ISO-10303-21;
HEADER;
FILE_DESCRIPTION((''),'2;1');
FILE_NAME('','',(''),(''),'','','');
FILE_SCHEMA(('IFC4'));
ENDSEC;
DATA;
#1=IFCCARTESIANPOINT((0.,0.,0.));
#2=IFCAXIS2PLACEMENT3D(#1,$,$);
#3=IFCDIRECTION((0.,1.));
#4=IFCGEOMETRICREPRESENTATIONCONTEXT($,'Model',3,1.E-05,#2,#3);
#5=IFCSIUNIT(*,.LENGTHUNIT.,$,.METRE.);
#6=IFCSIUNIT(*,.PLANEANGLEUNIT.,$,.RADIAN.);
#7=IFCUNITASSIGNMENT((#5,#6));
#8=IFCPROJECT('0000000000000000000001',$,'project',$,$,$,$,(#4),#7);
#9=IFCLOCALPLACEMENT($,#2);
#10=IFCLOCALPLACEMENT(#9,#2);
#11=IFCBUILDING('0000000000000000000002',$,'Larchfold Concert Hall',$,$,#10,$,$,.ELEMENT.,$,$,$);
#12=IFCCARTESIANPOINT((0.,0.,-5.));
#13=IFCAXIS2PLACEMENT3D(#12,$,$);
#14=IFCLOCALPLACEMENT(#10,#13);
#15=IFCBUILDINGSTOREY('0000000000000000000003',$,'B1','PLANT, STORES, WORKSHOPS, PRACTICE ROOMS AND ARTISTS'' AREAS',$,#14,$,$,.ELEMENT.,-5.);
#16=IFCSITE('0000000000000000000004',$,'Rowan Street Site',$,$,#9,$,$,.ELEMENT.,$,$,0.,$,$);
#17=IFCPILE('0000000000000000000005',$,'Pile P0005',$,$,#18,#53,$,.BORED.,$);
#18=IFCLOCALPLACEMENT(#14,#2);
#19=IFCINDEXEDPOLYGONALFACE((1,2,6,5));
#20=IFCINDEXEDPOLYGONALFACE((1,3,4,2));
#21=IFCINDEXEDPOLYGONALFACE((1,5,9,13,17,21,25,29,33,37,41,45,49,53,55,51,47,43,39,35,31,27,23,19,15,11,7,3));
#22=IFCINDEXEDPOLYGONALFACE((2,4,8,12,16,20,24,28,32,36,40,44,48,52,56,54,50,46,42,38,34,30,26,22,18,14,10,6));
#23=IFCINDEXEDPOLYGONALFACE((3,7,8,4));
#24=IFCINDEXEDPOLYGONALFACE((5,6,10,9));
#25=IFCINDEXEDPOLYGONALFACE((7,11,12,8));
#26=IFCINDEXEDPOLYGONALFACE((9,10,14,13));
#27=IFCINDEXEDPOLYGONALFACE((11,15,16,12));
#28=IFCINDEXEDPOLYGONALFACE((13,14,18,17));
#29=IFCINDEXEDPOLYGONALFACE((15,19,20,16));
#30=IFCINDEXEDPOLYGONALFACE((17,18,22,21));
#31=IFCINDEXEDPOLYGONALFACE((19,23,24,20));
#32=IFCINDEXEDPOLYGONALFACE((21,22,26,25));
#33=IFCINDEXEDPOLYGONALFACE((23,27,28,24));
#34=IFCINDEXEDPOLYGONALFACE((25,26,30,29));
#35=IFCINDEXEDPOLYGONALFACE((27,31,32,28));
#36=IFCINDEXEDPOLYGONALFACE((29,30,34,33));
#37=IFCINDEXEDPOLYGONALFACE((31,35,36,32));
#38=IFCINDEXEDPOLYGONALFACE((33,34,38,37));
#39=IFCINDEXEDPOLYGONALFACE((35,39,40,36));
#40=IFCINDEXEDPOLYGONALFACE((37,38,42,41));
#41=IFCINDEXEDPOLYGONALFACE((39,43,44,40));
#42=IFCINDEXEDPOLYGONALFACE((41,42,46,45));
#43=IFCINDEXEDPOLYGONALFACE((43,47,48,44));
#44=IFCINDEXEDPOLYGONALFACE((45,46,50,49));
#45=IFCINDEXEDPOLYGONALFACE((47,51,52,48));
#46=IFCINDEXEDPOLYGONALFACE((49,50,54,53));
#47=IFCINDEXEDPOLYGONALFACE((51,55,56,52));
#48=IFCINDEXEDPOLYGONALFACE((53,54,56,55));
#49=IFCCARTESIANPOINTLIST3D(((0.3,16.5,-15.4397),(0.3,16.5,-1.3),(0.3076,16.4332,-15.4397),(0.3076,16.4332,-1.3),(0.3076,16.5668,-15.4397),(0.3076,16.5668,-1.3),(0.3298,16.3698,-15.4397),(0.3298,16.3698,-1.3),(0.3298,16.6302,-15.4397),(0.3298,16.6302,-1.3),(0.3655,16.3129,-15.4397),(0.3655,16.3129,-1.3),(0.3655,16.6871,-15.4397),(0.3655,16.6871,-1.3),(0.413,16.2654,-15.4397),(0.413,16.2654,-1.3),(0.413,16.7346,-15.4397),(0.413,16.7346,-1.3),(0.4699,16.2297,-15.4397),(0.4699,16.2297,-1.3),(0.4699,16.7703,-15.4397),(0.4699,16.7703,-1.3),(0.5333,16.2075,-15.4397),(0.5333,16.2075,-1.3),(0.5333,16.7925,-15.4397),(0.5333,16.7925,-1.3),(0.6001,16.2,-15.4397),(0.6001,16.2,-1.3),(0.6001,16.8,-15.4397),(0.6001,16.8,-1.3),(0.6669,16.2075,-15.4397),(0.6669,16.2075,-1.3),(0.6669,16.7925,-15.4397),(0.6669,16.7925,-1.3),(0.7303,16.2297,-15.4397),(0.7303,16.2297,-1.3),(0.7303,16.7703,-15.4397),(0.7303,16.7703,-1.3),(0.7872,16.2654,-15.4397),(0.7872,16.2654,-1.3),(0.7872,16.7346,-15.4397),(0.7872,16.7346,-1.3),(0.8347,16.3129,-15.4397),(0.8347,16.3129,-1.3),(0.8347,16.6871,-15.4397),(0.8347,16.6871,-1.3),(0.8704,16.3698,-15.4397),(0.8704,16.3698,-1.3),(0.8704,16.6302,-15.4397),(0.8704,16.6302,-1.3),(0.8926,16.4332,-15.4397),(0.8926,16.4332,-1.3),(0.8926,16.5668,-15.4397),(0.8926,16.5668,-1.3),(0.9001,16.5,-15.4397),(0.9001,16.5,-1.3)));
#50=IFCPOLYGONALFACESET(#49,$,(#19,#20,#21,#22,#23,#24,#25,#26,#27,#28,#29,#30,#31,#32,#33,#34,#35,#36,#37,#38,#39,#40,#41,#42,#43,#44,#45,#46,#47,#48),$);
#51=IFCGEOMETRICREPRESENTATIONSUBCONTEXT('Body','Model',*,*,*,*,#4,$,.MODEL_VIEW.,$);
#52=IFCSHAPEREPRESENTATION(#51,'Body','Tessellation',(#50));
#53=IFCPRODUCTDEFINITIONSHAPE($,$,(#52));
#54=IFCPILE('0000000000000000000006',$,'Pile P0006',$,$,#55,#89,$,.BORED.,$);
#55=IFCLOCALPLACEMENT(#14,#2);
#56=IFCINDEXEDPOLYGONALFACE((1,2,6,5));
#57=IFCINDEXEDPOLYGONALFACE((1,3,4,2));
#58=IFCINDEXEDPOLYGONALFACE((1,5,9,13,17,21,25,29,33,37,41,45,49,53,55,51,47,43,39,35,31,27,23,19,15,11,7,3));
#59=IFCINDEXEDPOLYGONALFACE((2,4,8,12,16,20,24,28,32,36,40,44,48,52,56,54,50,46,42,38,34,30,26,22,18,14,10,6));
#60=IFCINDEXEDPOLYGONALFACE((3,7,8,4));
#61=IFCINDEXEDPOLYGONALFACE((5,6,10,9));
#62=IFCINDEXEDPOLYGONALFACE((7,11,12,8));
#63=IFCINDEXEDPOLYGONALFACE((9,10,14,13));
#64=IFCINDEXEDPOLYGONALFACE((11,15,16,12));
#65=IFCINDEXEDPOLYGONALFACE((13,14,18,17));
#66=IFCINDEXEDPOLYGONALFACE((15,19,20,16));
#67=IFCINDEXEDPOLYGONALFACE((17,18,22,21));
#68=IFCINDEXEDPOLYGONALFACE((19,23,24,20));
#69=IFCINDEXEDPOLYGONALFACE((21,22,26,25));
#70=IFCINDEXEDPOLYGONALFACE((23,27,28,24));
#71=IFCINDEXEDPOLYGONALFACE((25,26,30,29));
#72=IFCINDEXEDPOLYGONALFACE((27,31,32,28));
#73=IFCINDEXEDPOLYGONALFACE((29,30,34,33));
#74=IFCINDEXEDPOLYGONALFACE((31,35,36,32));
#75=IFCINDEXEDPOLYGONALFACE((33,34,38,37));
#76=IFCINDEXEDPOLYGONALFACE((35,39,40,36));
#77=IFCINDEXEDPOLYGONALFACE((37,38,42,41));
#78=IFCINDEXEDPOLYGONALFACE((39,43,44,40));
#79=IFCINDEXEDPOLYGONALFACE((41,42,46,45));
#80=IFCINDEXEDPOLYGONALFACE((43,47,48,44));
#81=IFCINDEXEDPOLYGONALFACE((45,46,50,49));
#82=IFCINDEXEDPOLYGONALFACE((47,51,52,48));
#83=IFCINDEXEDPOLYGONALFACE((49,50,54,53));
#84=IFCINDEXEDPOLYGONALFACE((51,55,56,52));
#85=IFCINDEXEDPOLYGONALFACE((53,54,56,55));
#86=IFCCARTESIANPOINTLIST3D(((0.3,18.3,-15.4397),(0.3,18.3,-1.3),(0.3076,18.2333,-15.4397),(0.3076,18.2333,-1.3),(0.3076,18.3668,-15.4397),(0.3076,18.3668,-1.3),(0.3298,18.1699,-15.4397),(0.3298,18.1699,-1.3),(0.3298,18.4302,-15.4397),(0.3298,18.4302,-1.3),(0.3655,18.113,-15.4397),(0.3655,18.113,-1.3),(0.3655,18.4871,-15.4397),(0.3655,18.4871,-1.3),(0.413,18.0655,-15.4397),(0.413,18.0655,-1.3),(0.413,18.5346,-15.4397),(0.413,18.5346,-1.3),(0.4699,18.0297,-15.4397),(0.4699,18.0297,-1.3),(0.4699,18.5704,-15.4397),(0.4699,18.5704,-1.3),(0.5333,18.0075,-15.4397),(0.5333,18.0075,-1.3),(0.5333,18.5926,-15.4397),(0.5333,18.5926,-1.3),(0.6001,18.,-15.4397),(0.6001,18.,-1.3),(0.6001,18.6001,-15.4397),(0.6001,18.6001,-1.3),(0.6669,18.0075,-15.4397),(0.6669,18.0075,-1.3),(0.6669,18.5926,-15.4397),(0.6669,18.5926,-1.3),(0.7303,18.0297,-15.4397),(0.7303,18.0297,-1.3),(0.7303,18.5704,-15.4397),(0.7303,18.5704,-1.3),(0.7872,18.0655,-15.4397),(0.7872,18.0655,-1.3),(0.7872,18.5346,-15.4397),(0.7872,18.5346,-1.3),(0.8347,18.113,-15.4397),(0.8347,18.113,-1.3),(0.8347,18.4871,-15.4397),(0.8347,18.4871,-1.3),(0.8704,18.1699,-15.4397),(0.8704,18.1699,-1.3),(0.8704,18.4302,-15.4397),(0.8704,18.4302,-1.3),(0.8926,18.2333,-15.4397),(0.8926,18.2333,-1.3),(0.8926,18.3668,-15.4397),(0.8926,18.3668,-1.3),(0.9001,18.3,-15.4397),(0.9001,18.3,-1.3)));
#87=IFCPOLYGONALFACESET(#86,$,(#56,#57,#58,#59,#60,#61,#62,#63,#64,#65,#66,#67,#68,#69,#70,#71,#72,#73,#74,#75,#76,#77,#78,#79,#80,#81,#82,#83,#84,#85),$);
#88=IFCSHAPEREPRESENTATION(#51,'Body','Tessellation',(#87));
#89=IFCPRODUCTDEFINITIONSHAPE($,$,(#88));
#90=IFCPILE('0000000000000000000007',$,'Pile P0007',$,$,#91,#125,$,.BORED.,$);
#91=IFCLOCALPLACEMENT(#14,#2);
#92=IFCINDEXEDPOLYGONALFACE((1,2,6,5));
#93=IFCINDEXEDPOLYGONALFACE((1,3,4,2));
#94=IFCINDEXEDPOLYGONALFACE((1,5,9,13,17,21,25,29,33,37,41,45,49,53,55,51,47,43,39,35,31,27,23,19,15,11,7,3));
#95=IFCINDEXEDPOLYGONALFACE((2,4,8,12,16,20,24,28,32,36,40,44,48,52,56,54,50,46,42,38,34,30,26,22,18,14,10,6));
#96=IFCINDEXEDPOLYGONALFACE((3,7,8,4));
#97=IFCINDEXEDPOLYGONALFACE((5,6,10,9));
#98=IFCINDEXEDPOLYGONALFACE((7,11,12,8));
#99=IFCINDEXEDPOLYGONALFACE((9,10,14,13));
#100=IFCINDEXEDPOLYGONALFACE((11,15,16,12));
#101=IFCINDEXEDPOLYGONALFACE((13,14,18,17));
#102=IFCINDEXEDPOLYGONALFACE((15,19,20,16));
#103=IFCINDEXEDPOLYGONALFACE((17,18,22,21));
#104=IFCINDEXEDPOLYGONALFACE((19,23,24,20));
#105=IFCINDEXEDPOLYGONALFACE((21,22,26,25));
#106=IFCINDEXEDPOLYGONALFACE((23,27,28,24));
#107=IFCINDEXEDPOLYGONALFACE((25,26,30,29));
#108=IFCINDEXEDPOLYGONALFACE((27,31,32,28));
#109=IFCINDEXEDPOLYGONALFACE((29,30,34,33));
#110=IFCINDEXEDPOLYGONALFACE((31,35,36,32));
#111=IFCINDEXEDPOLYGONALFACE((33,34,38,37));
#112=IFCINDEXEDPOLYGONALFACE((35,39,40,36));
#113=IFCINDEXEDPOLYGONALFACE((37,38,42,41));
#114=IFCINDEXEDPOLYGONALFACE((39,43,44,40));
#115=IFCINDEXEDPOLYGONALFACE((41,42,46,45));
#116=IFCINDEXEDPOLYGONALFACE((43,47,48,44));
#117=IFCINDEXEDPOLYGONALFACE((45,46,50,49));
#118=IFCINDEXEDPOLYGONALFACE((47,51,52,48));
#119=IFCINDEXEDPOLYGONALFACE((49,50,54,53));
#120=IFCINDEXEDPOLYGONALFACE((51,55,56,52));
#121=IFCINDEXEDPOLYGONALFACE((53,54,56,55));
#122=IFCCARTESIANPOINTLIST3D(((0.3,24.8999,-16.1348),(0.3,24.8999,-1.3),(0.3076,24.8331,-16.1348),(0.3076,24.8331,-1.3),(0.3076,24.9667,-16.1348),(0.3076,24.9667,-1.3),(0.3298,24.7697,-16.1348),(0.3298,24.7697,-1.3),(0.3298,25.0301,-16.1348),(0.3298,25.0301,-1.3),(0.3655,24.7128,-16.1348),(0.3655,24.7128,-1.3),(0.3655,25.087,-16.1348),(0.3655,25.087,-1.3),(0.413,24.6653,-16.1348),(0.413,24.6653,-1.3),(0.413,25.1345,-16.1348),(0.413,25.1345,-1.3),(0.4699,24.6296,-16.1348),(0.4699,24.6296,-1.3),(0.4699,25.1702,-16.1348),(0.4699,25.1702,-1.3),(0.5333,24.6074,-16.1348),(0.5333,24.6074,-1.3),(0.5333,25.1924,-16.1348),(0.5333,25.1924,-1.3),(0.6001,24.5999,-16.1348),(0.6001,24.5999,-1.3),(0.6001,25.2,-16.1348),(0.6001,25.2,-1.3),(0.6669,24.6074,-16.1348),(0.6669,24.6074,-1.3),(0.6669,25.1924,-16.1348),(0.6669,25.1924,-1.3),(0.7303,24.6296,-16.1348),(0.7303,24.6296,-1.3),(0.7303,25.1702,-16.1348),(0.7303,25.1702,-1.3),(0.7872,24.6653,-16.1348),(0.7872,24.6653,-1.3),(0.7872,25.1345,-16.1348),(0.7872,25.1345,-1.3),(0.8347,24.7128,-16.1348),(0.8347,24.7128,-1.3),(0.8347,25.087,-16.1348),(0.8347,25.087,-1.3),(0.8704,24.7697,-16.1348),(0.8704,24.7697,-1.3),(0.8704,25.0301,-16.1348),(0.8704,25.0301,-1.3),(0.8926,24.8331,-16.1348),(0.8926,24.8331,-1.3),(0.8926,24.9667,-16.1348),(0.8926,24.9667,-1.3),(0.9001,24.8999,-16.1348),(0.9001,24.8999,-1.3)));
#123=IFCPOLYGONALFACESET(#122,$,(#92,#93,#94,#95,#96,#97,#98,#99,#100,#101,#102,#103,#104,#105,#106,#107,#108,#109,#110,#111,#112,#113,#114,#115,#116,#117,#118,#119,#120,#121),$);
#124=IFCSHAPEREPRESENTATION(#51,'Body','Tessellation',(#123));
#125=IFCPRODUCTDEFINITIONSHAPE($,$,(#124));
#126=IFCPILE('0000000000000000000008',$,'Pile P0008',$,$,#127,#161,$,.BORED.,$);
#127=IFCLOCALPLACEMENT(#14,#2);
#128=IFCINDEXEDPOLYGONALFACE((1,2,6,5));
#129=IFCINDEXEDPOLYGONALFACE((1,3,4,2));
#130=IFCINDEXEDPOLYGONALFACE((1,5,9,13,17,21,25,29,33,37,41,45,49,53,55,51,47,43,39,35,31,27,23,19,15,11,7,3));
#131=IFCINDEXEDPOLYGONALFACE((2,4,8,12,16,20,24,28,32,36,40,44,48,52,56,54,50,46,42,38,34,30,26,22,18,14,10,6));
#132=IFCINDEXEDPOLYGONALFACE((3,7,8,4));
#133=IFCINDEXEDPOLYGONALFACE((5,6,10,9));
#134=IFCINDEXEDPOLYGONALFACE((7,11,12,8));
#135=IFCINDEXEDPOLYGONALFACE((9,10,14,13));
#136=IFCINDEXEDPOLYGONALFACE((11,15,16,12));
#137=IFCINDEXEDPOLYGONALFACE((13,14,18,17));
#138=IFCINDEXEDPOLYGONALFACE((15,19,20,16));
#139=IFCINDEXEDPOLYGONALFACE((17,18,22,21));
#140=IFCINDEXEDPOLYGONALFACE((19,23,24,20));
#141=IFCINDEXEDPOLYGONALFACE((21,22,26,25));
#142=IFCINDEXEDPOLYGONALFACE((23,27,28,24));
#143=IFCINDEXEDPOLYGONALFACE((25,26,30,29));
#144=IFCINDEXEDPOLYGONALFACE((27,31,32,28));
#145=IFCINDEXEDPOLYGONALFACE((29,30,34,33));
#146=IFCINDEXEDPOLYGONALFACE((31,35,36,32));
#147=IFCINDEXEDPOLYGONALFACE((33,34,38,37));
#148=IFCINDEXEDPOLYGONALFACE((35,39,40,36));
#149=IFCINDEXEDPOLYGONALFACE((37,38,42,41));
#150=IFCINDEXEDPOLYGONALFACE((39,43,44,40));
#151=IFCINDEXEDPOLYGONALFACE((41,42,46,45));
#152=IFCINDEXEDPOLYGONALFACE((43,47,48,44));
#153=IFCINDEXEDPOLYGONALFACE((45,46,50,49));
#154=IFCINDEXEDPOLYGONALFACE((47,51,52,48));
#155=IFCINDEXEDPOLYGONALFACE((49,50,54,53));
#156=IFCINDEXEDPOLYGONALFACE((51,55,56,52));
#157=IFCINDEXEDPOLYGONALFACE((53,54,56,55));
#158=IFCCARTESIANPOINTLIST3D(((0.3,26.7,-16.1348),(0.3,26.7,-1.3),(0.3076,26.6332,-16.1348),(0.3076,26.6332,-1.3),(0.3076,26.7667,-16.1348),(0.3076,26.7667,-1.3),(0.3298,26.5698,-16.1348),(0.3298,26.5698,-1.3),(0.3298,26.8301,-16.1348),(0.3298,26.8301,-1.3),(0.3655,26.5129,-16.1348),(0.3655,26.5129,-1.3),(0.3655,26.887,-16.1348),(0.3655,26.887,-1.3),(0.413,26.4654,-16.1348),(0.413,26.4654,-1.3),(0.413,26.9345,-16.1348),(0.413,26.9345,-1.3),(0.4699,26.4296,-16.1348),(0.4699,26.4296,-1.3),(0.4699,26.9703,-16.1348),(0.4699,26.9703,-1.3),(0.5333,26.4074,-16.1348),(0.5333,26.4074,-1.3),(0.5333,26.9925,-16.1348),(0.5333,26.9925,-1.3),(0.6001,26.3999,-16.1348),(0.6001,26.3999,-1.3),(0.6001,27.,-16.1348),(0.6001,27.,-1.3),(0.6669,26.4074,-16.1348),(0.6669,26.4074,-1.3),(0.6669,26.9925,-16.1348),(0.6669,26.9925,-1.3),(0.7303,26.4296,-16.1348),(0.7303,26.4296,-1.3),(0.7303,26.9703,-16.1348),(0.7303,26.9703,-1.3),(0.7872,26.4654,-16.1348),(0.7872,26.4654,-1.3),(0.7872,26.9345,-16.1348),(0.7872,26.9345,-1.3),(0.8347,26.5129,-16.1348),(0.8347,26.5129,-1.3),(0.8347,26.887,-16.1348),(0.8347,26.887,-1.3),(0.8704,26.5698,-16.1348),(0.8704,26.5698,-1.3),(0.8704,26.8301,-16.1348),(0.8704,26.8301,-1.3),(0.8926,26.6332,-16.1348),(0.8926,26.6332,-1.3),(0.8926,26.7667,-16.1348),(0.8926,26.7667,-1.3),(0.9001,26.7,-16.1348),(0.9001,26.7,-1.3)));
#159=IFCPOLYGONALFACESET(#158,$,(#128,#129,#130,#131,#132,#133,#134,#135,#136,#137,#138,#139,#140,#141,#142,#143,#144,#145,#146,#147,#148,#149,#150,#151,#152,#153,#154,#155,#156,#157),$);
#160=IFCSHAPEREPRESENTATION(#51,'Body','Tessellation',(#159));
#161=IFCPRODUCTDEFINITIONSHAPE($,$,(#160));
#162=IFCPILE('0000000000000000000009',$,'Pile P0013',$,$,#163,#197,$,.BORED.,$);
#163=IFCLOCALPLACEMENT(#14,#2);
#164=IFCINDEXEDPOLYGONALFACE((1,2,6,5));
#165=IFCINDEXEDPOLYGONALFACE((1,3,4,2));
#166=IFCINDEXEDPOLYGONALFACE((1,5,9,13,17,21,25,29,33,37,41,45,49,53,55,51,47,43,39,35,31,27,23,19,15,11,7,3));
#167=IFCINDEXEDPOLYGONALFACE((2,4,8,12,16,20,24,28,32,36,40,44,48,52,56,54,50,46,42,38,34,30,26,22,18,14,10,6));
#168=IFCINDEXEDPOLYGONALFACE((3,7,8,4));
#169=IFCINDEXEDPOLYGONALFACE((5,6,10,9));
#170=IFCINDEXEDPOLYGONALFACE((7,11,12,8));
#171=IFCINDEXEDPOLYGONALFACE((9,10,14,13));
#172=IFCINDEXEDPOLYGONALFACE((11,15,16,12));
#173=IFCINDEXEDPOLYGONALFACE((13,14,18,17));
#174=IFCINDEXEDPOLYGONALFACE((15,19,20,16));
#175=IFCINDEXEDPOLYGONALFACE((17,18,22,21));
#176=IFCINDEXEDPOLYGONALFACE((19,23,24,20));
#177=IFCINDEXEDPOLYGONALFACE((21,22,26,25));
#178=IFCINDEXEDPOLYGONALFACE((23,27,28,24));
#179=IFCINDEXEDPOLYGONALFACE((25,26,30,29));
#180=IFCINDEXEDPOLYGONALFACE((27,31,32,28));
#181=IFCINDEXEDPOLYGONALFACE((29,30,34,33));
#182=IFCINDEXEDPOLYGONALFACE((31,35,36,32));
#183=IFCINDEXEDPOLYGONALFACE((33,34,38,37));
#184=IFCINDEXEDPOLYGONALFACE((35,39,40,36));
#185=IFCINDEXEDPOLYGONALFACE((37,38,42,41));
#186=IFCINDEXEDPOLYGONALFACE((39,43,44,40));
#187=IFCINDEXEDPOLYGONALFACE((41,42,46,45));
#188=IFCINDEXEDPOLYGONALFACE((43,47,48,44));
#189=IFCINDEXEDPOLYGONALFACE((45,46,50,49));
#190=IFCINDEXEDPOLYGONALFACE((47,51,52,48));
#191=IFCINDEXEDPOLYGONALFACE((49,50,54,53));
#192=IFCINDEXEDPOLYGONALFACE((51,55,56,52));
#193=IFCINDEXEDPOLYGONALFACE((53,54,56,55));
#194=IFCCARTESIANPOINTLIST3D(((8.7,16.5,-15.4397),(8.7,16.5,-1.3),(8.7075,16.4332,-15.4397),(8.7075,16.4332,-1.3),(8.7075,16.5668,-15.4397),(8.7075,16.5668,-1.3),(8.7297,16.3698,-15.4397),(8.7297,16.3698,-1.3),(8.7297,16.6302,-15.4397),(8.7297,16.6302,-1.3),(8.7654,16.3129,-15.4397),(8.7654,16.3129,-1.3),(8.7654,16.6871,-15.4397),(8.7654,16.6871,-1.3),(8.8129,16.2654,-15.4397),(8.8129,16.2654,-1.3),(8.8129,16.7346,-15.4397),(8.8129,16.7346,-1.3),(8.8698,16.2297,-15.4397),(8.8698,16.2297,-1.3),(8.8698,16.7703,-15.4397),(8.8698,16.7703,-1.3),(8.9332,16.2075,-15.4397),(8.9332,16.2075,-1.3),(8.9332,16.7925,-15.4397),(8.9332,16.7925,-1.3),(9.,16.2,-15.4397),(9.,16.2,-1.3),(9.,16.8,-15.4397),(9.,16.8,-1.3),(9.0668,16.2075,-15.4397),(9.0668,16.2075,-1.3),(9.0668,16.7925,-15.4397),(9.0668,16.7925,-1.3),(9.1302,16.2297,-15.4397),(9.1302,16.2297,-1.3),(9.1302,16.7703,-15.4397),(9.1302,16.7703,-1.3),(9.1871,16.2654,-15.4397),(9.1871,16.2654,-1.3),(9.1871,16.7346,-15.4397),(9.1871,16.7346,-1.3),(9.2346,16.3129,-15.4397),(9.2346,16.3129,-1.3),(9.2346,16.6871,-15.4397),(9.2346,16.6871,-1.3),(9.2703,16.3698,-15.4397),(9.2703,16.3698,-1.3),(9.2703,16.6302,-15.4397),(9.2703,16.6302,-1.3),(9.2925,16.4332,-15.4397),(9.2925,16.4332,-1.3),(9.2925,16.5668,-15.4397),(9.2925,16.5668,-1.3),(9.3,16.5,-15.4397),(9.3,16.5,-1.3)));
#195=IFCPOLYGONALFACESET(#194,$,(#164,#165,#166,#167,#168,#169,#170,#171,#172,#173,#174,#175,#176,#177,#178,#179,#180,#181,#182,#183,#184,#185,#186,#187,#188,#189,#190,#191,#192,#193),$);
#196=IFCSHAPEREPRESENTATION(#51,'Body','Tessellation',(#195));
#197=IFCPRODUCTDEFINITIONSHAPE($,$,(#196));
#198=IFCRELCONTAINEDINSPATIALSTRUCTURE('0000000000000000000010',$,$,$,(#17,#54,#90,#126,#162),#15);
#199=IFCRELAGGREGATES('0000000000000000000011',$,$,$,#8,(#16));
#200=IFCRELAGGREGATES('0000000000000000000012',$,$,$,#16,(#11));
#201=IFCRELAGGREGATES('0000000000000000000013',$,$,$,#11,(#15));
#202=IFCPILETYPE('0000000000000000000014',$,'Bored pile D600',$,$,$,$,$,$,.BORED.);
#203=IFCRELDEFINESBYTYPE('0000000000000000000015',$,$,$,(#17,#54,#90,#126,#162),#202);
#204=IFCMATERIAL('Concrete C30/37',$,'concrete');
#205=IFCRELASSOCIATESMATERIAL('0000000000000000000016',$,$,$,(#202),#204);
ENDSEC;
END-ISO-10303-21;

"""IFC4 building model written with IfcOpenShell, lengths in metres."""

from ifc_helpers import new_model, si_unit, direction, frame, origin, origin_2d, place, context, subcontext, project, spatial, circle, extrude, material, material_profile, profile_set, type_object, element, save


model = new_model("IFC4")

# Units and contexts
model_context = context("Model", 3, precision=1e-05, world=origin(), true_north=direction((0.0, 1.0)))
body_context = subcontext(model_context, "Body", "Model", "MODEL_VIEW")
ifc_project = project(units=[si_unit("LENGTHUNIT", "METRE"), si_unit("PLANEANGLEUNIT", "RADIAN")], contexts=[model_context])

# Site, building, storey
site_placement = place(None, origin())
site = spatial("IfcSite", under=ifc_project, at=site_placement, Name="Rowan Street Site", CompositionType="ELEMENT", RefElevation=0.0)
building_placement = place(site_placement, origin())
building = spatial("IfcBuilding", under=site, at=building_placement, Name="Larchfold Concert Hall", CompositionType="ELEMENT")
storey_placement = place(building_placement, frame((0.0, 0.0, -5.0)))
storey = spatial("IfcBuildingStorey", under=building, at=storey_placement, Name="B1", Description="PLANT, STORES, WORKSHOPS, PRACTICE ROOMS AND ARTISTS' AREAS", CompositionType="ELEMENT", Elevation=-5.0)

# Piles
ifc_material_1 = material(Name="Concrete C30/37", Category="concrete")
ifc_material_profile_1 = material_profile(ifc_material_1, circle(Radius=0.3, at=origin_2d()))
ifc_profile_set_1 = profile_set([ifc_material_profile_1], Name="Concrete C30/37")
pile_type = type_object("IfcPileType", Name="Bored pile D600", PredefinedType="BORED", material=ifc_profile_set_1)
for number, where, z_axis, x_axis, name in (
    (1, (0.6001, 16.5, -1.3), (0.0, 0.0, -1.0), (1.0, 0.0, 0.0), "Pile P0005"),
    (2, (0.6001, 18.3, -1.3), (0.0, 0.0, -1.0), (1.0, 0.0, 0.0), "Pile P0006"),
):
    element("IfcPile", number, at=place(storey_placement, frame(where, z_axis=z_axis, x_axis=x_axis)), inside=storey, type_object=pile_type, Name=name, PredefinedType="BORED", context=body_context, shape_type="SweptSolid", body=[
        extrude(circle(Radius=0.3, at=origin_2d()), origin(), (0.0, 0.0, 1.0), 14.1396),
    ])
for number, where, z_axis, x_axis, name in (
    (3, (0.6001, 24.8999, -1.3), (0.0, 0.0, -1.0), (1.0, 0.0, 0.0), "Pile P0007"),
    (4, (0.6001, 26.7, -1.3), (0.0, 0.0, -1.0), (1.0, 0.0, 0.0), "Pile P0008"),
):
    element("IfcPile", number, at=place(storey_placement, frame(where, z_axis=z_axis, x_axis=x_axis)), inside=storey, type_object=pile_type, Name=name, PredefinedType="BORED", context=body_context, shape_type="SweptSolid", body=[
        extrude(circle(Radius=0.3, at=origin_2d()), origin(), (0.0, 0.0, 1.0), 14.8347),
    ])
for number, where, z_axis, x_axis, name in (
    (5, (9.0, 16.5, -1.3), (0.0, 0.0, -1.0), (1.0, 0.0, 0.0), "Pile P0013"),
):
    element("IfcPile", number, at=place(storey_placement, frame(where, z_axis=z_axis, x_axis=x_axis)), inside=storey, type_object=pile_type, Name=name, PredefinedType="BORED", context=body_context, shape_type="SweptSolid", body=[
        extrude(circle(Radius=0.3, at=origin_2d()), origin(), (0.0, 0.0, 1.0), 14.1396),
    ])

save(model, "model.ifc")
